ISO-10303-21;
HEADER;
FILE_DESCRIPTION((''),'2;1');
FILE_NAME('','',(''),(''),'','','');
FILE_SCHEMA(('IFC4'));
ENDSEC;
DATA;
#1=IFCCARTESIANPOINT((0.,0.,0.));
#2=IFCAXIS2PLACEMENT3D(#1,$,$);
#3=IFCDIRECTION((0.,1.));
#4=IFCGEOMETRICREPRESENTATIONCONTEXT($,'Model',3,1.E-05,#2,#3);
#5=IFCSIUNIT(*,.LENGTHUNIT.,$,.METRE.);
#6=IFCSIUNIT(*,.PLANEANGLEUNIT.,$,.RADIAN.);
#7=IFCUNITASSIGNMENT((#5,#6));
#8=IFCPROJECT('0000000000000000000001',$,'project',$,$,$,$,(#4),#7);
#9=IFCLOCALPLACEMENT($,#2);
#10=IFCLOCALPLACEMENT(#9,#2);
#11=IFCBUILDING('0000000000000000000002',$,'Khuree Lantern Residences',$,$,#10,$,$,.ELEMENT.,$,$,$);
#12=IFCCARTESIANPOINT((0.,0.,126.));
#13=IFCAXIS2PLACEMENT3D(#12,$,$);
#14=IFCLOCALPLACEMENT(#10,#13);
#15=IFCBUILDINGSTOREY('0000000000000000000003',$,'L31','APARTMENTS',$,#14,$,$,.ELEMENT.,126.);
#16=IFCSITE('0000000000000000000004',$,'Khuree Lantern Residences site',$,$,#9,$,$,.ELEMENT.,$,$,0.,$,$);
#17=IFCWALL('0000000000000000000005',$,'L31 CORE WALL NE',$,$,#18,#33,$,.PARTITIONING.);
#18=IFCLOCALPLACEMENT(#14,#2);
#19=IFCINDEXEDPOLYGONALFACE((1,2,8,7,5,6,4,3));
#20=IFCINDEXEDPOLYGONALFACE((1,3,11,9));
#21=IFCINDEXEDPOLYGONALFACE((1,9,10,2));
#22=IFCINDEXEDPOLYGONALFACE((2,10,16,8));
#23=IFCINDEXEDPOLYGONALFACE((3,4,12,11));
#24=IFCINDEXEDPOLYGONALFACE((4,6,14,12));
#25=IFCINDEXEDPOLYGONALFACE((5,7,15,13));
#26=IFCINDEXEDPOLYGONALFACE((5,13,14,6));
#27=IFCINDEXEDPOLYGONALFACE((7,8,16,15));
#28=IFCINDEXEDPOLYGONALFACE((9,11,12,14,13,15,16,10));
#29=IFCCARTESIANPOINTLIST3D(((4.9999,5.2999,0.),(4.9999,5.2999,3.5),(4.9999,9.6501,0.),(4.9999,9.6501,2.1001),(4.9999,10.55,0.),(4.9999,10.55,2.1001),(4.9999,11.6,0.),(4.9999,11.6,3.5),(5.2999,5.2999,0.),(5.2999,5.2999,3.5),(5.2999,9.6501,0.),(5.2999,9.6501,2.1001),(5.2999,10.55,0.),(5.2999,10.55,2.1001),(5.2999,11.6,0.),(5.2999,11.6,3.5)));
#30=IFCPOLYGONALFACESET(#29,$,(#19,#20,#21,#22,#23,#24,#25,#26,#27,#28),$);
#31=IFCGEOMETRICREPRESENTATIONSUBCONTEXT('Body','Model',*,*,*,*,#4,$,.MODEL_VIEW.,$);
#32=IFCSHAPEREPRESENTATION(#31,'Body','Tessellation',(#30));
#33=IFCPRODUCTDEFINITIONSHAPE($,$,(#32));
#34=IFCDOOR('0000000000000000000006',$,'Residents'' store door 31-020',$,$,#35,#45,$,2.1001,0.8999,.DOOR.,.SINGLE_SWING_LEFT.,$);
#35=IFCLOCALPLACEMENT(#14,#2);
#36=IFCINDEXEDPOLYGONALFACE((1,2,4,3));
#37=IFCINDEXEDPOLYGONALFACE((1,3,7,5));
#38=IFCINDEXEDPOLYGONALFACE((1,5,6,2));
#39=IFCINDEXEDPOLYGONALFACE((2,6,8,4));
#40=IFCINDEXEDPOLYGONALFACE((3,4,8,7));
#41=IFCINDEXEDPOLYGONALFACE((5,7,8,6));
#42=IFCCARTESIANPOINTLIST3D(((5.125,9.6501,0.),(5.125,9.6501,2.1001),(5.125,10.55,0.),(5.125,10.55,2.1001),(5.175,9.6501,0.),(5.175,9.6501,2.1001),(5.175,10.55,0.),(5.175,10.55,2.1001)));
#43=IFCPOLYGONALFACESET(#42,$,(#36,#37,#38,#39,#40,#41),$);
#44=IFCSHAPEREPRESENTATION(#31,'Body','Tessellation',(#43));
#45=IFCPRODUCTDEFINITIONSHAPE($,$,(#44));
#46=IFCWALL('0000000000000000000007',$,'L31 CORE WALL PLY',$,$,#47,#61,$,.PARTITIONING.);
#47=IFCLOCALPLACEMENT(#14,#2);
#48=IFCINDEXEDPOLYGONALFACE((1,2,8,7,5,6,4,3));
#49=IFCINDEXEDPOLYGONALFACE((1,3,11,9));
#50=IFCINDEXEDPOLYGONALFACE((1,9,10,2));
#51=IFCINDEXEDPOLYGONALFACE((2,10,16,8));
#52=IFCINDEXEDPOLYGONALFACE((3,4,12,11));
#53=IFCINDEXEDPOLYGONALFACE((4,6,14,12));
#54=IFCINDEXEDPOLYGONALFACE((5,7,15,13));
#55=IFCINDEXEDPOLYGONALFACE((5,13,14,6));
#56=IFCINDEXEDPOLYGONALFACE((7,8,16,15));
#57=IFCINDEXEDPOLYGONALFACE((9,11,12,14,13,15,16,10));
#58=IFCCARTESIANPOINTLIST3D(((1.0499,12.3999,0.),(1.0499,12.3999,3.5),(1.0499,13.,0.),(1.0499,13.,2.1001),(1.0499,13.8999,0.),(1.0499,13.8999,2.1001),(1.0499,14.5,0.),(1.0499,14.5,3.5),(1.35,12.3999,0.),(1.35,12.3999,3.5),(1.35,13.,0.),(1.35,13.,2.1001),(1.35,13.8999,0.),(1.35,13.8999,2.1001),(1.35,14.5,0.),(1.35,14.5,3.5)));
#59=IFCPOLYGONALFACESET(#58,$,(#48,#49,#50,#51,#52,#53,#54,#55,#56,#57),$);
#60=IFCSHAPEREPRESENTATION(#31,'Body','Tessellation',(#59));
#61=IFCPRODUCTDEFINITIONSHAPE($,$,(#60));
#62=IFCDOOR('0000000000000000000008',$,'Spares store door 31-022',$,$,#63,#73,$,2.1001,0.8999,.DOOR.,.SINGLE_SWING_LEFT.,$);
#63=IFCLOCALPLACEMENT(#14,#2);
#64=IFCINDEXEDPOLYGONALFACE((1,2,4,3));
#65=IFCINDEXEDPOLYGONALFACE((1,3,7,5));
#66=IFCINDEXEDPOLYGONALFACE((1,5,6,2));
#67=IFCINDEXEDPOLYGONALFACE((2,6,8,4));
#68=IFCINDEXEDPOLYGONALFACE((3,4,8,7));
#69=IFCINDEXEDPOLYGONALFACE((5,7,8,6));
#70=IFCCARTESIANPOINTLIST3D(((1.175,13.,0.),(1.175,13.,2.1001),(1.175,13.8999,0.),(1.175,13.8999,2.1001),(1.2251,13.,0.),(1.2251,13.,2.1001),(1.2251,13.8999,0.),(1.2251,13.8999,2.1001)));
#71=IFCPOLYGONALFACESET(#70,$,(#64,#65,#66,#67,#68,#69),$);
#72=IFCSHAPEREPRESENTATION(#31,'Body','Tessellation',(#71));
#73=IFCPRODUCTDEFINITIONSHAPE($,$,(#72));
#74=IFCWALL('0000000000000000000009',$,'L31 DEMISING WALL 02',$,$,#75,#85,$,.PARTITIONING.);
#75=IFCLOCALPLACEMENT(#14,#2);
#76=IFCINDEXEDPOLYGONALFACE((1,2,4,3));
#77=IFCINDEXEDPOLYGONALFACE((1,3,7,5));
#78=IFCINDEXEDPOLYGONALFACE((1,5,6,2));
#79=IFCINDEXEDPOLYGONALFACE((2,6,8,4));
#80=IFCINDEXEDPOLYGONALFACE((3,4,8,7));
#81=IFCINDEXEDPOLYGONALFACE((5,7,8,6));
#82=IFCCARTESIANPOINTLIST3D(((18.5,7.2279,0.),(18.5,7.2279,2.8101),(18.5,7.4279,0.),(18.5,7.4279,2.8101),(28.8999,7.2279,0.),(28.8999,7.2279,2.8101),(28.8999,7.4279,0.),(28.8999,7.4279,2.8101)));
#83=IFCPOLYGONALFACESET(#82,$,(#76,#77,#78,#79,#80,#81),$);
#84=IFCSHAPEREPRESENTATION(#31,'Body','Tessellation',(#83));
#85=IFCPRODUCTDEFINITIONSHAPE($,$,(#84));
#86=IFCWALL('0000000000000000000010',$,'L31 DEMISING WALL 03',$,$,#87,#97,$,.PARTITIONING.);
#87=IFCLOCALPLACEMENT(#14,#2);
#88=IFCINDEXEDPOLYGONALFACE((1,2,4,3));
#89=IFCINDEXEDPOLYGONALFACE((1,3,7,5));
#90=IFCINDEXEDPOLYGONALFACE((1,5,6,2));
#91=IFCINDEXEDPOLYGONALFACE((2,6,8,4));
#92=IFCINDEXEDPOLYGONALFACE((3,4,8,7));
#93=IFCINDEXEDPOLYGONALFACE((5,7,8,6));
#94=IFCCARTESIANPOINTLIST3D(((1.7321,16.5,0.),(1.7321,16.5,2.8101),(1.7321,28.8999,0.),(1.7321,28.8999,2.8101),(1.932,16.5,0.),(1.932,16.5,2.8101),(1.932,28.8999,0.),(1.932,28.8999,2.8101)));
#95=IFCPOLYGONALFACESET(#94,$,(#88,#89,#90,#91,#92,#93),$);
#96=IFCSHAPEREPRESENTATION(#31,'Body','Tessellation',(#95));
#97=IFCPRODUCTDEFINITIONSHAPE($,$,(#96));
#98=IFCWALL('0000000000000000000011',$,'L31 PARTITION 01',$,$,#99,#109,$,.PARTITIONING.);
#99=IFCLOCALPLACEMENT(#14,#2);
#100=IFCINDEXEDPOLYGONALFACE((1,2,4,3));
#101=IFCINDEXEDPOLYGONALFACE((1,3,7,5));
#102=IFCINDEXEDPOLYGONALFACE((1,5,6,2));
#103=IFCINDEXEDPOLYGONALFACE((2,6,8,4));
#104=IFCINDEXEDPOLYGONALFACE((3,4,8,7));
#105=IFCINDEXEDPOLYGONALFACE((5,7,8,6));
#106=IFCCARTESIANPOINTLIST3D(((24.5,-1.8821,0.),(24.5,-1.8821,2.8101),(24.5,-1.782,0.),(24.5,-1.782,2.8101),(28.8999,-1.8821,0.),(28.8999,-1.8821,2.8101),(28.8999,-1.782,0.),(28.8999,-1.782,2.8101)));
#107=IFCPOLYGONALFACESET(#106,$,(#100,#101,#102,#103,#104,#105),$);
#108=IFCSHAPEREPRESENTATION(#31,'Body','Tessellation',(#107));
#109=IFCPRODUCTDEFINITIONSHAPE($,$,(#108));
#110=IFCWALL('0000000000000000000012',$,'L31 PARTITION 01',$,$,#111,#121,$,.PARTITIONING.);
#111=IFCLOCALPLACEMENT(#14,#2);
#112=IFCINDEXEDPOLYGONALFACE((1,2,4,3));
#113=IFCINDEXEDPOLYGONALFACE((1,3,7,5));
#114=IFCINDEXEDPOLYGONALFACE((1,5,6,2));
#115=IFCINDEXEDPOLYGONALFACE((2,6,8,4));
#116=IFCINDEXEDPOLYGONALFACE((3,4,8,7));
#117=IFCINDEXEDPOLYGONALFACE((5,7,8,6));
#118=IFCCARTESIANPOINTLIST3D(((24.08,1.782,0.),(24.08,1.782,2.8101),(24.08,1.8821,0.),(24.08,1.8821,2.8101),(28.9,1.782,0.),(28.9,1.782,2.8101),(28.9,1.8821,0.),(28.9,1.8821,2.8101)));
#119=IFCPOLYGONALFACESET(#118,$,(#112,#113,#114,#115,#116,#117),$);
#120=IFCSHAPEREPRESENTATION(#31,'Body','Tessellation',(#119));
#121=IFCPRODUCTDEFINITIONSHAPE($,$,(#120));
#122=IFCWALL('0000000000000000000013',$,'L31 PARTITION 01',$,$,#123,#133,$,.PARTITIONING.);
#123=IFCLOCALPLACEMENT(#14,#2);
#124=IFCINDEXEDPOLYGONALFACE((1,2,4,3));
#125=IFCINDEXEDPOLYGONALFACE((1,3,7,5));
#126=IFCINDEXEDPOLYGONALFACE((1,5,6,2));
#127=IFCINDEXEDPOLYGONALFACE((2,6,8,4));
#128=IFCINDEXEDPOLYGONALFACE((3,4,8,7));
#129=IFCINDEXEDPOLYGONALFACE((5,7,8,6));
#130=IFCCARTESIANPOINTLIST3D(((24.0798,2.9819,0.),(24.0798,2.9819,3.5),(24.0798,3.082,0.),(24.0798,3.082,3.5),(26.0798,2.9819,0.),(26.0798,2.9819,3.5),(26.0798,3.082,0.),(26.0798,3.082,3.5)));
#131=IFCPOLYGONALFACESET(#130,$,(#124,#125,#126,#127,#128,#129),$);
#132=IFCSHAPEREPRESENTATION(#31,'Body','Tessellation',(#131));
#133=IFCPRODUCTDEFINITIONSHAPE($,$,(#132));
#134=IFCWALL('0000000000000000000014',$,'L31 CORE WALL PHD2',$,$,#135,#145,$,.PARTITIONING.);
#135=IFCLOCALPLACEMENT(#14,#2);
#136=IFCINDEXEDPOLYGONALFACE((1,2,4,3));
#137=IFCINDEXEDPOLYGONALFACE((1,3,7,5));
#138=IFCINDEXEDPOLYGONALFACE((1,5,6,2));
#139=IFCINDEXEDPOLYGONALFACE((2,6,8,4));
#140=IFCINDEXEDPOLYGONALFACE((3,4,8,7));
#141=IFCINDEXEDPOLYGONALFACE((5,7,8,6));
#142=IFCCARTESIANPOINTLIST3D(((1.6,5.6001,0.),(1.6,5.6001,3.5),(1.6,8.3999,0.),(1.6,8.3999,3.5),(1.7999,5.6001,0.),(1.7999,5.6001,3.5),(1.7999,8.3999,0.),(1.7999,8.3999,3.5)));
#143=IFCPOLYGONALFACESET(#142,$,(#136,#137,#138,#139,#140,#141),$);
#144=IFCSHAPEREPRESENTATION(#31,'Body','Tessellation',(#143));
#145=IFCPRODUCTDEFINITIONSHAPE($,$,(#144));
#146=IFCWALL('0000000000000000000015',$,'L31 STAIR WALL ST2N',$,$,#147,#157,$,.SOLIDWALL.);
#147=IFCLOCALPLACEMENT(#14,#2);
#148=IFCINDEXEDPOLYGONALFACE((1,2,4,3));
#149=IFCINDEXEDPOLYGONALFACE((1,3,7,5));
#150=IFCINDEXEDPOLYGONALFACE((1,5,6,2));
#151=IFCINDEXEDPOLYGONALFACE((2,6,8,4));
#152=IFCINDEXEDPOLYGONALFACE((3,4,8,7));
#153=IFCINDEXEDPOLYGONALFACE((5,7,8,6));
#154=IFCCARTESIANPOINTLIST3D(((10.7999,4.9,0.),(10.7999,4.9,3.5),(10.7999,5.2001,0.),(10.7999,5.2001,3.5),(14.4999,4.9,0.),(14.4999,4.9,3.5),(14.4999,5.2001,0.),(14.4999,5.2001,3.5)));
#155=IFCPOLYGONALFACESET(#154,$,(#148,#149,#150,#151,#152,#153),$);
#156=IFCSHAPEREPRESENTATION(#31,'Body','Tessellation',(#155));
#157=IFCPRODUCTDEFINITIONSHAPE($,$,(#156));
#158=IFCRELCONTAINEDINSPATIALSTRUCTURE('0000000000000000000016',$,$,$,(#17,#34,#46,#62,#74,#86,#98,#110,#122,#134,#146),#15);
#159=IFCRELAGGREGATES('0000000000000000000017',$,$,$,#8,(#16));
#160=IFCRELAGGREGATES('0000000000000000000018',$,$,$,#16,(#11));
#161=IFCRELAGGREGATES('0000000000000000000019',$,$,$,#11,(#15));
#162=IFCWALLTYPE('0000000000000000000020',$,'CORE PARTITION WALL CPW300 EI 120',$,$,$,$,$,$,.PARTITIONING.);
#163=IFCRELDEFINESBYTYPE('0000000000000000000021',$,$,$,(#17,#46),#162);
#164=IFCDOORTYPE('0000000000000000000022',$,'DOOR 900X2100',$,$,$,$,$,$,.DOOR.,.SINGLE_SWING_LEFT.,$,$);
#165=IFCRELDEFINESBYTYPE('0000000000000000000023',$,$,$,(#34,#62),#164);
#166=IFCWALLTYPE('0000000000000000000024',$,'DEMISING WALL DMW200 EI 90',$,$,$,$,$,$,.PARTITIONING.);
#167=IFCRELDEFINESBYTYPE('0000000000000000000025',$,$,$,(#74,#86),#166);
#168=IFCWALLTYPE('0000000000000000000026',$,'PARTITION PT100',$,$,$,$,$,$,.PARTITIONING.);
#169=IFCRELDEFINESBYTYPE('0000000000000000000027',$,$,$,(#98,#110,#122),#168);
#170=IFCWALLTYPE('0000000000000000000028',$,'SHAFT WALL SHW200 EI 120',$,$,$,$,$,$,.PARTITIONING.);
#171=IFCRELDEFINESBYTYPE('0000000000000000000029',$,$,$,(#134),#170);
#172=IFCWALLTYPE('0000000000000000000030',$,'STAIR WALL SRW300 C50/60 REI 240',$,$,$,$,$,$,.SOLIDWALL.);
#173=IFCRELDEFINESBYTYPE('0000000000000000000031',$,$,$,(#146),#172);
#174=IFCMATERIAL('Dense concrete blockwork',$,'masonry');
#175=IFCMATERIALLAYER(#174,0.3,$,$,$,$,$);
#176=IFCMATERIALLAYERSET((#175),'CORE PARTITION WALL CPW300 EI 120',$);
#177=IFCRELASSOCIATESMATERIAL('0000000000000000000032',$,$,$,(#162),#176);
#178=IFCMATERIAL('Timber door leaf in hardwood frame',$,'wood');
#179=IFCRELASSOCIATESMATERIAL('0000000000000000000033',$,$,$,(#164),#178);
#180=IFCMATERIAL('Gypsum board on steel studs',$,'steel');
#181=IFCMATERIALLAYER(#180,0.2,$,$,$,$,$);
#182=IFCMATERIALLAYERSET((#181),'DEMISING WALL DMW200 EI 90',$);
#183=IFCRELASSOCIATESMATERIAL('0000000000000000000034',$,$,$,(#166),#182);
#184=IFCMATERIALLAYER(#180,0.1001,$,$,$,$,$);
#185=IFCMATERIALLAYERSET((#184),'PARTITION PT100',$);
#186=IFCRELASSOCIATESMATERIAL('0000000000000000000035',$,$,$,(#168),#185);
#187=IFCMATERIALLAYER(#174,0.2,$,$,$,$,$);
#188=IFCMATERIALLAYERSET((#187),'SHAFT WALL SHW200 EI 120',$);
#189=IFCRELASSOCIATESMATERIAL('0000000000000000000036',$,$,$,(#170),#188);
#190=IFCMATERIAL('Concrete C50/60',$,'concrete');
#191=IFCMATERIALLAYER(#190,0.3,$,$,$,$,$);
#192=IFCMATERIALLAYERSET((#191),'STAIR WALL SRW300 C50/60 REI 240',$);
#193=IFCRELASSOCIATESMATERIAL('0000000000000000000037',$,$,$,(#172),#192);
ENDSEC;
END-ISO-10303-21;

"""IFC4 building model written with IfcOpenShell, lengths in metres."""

from ifc_helpers import new_model, si_unit, direction, frame, frame_2d, origin, place, context, subcontext, project, spatial, rectangle, extrude, material, layer, layer_set, type_object, element, fill, save


model = new_model("IFC4")

# Units and contexts
model_context = context("Model", 3, precision=1e-05, world=origin(), true_north=direction((0.0, 1.0)))
body_context = subcontext(model_context, "Body", "Model", "MODEL_VIEW")
ifc_project = project(units=[si_unit("LENGTHUNIT", "METRE"), si_unit("PLANEANGLEUNIT", "RADIAN")], contexts=[model_context])

# Site, building, storey
site_placement = place(None, origin())
site = spatial("IfcSite", under=ifc_project, at=site_placement, Name="Khuree Lantern Residences site", CompositionType="ELEMENT", RefElevation=0.0)
building_placement = place(site_placement, origin())
building = spatial("IfcBuilding", under=site, at=building_placement, Name="Khuree Lantern Residences", CompositionType="ELEMENT")
storey_placement = place(building_placement, frame((0.0, 0.0, 126.0)))
storey = spatial("IfcBuildingStorey", under=building, at=storey_placement, Name="L31", Description="APARTMENTS", CompositionType="ELEMENT", Elevation=126.0)

# Shared definitions
ifc_material_1 = material(Name="Timber door leaf in hardwood frame", Category="wood")

# Shared definitions
ifc_material_2 = material(Name="Dense concrete blockwork", Category="masonry")
ifc_layer_1 = layer(ifc_material_2, 0.3)
ifc_layer_set_1 = layer_set([ifc_layer_1], Name="CORE PARTITION WALL CPW300 EI 120")
wall_type_1 = type_object("IfcWallType", Name="CORE PARTITION WALL CPW300 EI 120", PredefinedType="PARTITIONING", material=ifc_layer_set_1)

# Walls, openings, doors
wall_1_placement = place(storey_placement, frame((5.1499, 5.3, 0.0), z_axis=(0.0, 0.0, 1.0), x_axis=(0.0, 1.0, 0.0)))
wall_1 = element("IfcWall", 1, at=wall_1_placement, inside=storey, type_object=wall_type_1, Name="L31 CORE WALL NE", PredefinedType="PARTITIONING", context=body_context, shape_type="SweptSolid", body=[
    extrude(rectangle(XDim=6.3, YDim=0.3, at=frame_2d((3.1499, 0.0))), origin(), (0.0, 0.0, 1.0), 3.5),
])
opening_1_placement = place(wall_1_placement, frame((4.3501, 0.0, 0.0)))
opening_1 = element("IfcOpeningElement", 2, at=opening_1_placement, cuts=wall_1, PredefinedType="OPENING", context=body_context, shape_type="SweptSolid", body=[
    extrude(rectangle(XDim=0.8999, YDim=2.1001, at=frame_2d((0.45, 1.05))), frame((0.0, 0.1602, 0.0), z_axis=(0.0, -1.0, 0.0), x_axis=(1.0, 0.0, 0.0)), (0.0, 0.0, 1.0), 0.3201),
])
door_type_1 = type_object("IfcDoorType", Name="DOOR 900X2100", OperationType="SINGLE_SWING_LEFT", PredefinedType="DOOR", material=ifc_material_1)
door_1_placement = place(opening_1_placement, origin())
door_1 = element("IfcDoor", 3, at=door_1_placement, inside=storey, type_object=door_type_1, Name="Residents' store door 31-020", OperationType="SINGLE_SWING_LEFT", OverallHeight=2.1001, OverallWidth=0.8999, PredefinedType="DOOR", context=body_context, shape_type="SweptSolid", body=[
    extrude(rectangle(XDim=0.8999, YDim=2.1001, at=frame_2d((0.45, 1.05))), frame((0.0, 0.0249, 0.0), z_axis=(0.0, -1.0, 0.0), x_axis=(1.0, 0.0, 0.0)), (0.0, 0.0, 1.0), 0.05),
])
fill(opening_1, door_1)
wall_2_placement = place(storey_placement, frame((1.2, 12.3999, 0.0), z_axis=(0.0, 0.0, 1.0), x_axis=(0.0, 1.0, 0.0)))
wall_2 = element("IfcWall", 4, at=wall_2_placement, inside=storey, type_object=wall_type_1, Name="L31 CORE WALL PLY", PredefinedType="PARTITIONING", context=body_context, shape_type="SweptSolid", body=[
    extrude(rectangle(XDim=2.1001, YDim=0.3, at=frame_2d((1.05, 0.0))), origin(), (0.0, 0.0, 1.0), 3.5),
])
opening_2_placement = place(wall_2_placement, frame((0.6001, 0.0, 0.0)))
opening_2 = element("IfcOpeningElement", 5, at=opening_2_placement, cuts=wall_2, PredefinedType="OPENING", context=body_context, shape_type="SweptSolid", body=[
    extrude(rectangle(XDim=0.8999, YDim=2.1001, at=frame_2d((0.45, 1.05))), frame((0.0, 0.1602, 0.0), z_axis=(0.0, -1.0, 0.0), x_axis=(1.0, 0.0, 0.0)), (0.0, 0.0, 1.0), 0.3201),
])
door_2_placement = place(opening_2_placement, origin())
door_2 = element("IfcDoor", 6, at=door_2_placement, inside=storey, type_object=door_type_1, Name="Spares store door 31-022", OperationType="SINGLE_SWING_LEFT", OverallHeight=2.1001, OverallWidth=0.8999, PredefinedType="DOOR", context=body_context, shape_type="SweptSolid", body=[
    extrude(rectangle(XDim=0.8999, YDim=2.1001, at=frame_2d((0.45, 1.05))), frame((0.0, 0.0249, 0.0), z_axis=(0.0, -1.0, 0.0), x_axis=(1.0, 0.0, 0.0)), (0.0, 0.0, 1.0), 0.05),
])
fill(opening_2, door_2)

# Walls
ifc_material_3 = material(Name="Gypsum board on steel studs", Category="steel")
ifc_layer_2 = layer(ifc_material_3, 0.2)
ifc_layer_set_2 = layer_set([ifc_layer_2], Name="DEMISING WALL DMW200 EI 90")
wall_type_2 = type_object("IfcWallType", Name="DEMISING WALL DMW200 EI 90", PredefinedType="PARTITIONING", material=ifc_layer_set_2)
wall_3_placement = place(storey_placement, frame((18.5, 7.3279, 0.0), z_axis=(0.0, 0.0, 1.0), x_axis=(1.0, 0.0, 0.0)))
element("IfcWall", 7, at=wall_3_placement, inside=storey, type_object=wall_type_2, Name="L31 DEMISING WALL 02", PredefinedType="PARTITIONING", context=body_context, shape_type="SweptSolid", body=[
    extrude(rectangle(XDim=10.3999, YDim=0.2, at=frame_2d((5.2, 0.0))), origin(), (0.0, 0.0, 1.0), 2.8101),
])
wall_4_placement = place(storey_placement, frame((1.832, 16.5, 0.0), z_axis=(0.0, 0.0, 1.0), x_axis=(0.0, 1.0, 0.0)))
element("IfcWall", 8, at=wall_4_placement, inside=storey, type_object=wall_type_2, Name="L31 DEMISING WALL 03", PredefinedType="PARTITIONING", context=body_context, shape_type="SweptSolid", body=[
    extrude(rectangle(XDim=12.3999, YDim=0.2, at=frame_2d((6.2, 0.0))), origin(), (0.0, 0.0, 1.0), 2.8101),
])
ifc_layer_3 = layer(ifc_material_3, 0.1001)
ifc_layer_set_3 = layer_set([ifc_layer_3], Name="PARTITION PT100")
wall_type_3 = type_object("IfcWallType", Name="PARTITION PT100", PredefinedType="PARTITIONING", material=ifc_layer_set_3)
wall_5_placement = place(storey_placement, frame((24.5, -1.832, 0.0), z_axis=(0.0, 0.0, 1.0), x_axis=(1.0, 0.0, 0.0)))
element("IfcWall", 9, at=wall_5_placement, inside=storey, type_object=wall_type_3, Name="L31 PARTITION 01", PredefinedType="PARTITIONING", context=body_context, shape_type="SweptSolid", body=[
    extrude(rectangle(XDim=4.3999, YDim=0.1001, at=frame_2d((2.2, 0.0))), origin(), (0.0, 0.0, 1.0), 2.8101),
])
wall_6_placement = place(storey_placement, frame((24.0798, 1.832, 0.0), z_axis=(0.0, 0.0, 1.0), x_axis=(1.0, 0.0, 0.0)))
element("IfcWall", 10, at=wall_6_placement, inside=storey, type_object=wall_type_3, Name="L31 PARTITION 01", PredefinedType="PARTITIONING", context=body_context, shape_type="SweptSolid", body=[
    extrude(rectangle(XDim=4.8201, YDim=0.1001, at=frame_2d((2.4102, 0.0))), origin(), (0.0, 0.0, 1.0), 2.8101),
])
wall_7_placement = place(storey_placement, frame((24.0798, 3.032, 0.0), z_axis=(0.0, 0.0, 1.0), x_axis=(1.0, 0.0, 0.0)))
element("IfcWall", 11, at=wall_7_placement, inside=storey, type_object=wall_type_3, Name="L31 PARTITION 01", PredefinedType="PARTITIONING", context=body_context, shape_type="SweptSolid", body=[
    extrude(rectangle(XDim=2.0, YDim=0.1001, at=frame_2d((1.0, 0.0))), origin(), (0.0, 0.0, 1.0), 3.5),
])
ifc_layer_4 = layer(ifc_material_2, 0.2)
ifc_layer_set_4 = layer_set([ifc_layer_4], Name="SHAFT WALL SHW200 EI 120")
wall_type_4 = type_object("IfcWallType", Name="SHAFT WALL SHW200 EI 120", PredefinedType="PARTITIONING", material=ifc_layer_set_4)
wall_8_placement = place(storey_placement, frame((1.7, 5.6001, 0.0), z_axis=(0.0, 0.0, 1.0), x_axis=(0.0, 1.0, 0.0)))
element("IfcWall", 12, at=wall_8_placement, inside=storey, type_object=wall_type_4, Name="L31 CORE WALL PHD2", PredefinedType="PARTITIONING", context=body_context, shape_type="SweptSolid", body=[
    extrude(rectangle(XDim=2.7998, YDim=0.2, at=frame_2d((1.3999, 0.0))), origin(), (0.0, 0.0, 1.0), 3.5),
])
ifc_material_4 = material(Name="Concrete C50/60", Category="concrete")
ifc_layer_5 = layer(ifc_material_4, 0.3)
ifc_layer_set_5 = layer_set([ifc_layer_5], Name="STAIR WALL SRW300 C50/60 REI 240")
wall_type_5 = type_object("IfcWallType", Name="STAIR WALL SRW300 C50/60 REI 240", PredefinedType="SOLIDWALL", material=ifc_layer_set_5)
wall_9_placement = place(storey_placement, frame((14.5, 5.05, 0.0), z_axis=(0.0, 0.0, 1.0), x_axis=(-1.0, 0.0, 0.0)))
element("IfcWall", 13, at=wall_9_placement, inside=storey, type_object=wall_type_5, Name="L31 STAIR WALL ST2N", PredefinedType="SOLIDWALL", context=body_context, shape_type="SweptSolid", body=[
    extrude(rectangle(XDim=3.7, YDim=0.3, at=frame_2d((1.8501, 0.0))), origin(), (0.0, 0.0, 1.0), 3.5),
])

save(model, "model.ifc")
